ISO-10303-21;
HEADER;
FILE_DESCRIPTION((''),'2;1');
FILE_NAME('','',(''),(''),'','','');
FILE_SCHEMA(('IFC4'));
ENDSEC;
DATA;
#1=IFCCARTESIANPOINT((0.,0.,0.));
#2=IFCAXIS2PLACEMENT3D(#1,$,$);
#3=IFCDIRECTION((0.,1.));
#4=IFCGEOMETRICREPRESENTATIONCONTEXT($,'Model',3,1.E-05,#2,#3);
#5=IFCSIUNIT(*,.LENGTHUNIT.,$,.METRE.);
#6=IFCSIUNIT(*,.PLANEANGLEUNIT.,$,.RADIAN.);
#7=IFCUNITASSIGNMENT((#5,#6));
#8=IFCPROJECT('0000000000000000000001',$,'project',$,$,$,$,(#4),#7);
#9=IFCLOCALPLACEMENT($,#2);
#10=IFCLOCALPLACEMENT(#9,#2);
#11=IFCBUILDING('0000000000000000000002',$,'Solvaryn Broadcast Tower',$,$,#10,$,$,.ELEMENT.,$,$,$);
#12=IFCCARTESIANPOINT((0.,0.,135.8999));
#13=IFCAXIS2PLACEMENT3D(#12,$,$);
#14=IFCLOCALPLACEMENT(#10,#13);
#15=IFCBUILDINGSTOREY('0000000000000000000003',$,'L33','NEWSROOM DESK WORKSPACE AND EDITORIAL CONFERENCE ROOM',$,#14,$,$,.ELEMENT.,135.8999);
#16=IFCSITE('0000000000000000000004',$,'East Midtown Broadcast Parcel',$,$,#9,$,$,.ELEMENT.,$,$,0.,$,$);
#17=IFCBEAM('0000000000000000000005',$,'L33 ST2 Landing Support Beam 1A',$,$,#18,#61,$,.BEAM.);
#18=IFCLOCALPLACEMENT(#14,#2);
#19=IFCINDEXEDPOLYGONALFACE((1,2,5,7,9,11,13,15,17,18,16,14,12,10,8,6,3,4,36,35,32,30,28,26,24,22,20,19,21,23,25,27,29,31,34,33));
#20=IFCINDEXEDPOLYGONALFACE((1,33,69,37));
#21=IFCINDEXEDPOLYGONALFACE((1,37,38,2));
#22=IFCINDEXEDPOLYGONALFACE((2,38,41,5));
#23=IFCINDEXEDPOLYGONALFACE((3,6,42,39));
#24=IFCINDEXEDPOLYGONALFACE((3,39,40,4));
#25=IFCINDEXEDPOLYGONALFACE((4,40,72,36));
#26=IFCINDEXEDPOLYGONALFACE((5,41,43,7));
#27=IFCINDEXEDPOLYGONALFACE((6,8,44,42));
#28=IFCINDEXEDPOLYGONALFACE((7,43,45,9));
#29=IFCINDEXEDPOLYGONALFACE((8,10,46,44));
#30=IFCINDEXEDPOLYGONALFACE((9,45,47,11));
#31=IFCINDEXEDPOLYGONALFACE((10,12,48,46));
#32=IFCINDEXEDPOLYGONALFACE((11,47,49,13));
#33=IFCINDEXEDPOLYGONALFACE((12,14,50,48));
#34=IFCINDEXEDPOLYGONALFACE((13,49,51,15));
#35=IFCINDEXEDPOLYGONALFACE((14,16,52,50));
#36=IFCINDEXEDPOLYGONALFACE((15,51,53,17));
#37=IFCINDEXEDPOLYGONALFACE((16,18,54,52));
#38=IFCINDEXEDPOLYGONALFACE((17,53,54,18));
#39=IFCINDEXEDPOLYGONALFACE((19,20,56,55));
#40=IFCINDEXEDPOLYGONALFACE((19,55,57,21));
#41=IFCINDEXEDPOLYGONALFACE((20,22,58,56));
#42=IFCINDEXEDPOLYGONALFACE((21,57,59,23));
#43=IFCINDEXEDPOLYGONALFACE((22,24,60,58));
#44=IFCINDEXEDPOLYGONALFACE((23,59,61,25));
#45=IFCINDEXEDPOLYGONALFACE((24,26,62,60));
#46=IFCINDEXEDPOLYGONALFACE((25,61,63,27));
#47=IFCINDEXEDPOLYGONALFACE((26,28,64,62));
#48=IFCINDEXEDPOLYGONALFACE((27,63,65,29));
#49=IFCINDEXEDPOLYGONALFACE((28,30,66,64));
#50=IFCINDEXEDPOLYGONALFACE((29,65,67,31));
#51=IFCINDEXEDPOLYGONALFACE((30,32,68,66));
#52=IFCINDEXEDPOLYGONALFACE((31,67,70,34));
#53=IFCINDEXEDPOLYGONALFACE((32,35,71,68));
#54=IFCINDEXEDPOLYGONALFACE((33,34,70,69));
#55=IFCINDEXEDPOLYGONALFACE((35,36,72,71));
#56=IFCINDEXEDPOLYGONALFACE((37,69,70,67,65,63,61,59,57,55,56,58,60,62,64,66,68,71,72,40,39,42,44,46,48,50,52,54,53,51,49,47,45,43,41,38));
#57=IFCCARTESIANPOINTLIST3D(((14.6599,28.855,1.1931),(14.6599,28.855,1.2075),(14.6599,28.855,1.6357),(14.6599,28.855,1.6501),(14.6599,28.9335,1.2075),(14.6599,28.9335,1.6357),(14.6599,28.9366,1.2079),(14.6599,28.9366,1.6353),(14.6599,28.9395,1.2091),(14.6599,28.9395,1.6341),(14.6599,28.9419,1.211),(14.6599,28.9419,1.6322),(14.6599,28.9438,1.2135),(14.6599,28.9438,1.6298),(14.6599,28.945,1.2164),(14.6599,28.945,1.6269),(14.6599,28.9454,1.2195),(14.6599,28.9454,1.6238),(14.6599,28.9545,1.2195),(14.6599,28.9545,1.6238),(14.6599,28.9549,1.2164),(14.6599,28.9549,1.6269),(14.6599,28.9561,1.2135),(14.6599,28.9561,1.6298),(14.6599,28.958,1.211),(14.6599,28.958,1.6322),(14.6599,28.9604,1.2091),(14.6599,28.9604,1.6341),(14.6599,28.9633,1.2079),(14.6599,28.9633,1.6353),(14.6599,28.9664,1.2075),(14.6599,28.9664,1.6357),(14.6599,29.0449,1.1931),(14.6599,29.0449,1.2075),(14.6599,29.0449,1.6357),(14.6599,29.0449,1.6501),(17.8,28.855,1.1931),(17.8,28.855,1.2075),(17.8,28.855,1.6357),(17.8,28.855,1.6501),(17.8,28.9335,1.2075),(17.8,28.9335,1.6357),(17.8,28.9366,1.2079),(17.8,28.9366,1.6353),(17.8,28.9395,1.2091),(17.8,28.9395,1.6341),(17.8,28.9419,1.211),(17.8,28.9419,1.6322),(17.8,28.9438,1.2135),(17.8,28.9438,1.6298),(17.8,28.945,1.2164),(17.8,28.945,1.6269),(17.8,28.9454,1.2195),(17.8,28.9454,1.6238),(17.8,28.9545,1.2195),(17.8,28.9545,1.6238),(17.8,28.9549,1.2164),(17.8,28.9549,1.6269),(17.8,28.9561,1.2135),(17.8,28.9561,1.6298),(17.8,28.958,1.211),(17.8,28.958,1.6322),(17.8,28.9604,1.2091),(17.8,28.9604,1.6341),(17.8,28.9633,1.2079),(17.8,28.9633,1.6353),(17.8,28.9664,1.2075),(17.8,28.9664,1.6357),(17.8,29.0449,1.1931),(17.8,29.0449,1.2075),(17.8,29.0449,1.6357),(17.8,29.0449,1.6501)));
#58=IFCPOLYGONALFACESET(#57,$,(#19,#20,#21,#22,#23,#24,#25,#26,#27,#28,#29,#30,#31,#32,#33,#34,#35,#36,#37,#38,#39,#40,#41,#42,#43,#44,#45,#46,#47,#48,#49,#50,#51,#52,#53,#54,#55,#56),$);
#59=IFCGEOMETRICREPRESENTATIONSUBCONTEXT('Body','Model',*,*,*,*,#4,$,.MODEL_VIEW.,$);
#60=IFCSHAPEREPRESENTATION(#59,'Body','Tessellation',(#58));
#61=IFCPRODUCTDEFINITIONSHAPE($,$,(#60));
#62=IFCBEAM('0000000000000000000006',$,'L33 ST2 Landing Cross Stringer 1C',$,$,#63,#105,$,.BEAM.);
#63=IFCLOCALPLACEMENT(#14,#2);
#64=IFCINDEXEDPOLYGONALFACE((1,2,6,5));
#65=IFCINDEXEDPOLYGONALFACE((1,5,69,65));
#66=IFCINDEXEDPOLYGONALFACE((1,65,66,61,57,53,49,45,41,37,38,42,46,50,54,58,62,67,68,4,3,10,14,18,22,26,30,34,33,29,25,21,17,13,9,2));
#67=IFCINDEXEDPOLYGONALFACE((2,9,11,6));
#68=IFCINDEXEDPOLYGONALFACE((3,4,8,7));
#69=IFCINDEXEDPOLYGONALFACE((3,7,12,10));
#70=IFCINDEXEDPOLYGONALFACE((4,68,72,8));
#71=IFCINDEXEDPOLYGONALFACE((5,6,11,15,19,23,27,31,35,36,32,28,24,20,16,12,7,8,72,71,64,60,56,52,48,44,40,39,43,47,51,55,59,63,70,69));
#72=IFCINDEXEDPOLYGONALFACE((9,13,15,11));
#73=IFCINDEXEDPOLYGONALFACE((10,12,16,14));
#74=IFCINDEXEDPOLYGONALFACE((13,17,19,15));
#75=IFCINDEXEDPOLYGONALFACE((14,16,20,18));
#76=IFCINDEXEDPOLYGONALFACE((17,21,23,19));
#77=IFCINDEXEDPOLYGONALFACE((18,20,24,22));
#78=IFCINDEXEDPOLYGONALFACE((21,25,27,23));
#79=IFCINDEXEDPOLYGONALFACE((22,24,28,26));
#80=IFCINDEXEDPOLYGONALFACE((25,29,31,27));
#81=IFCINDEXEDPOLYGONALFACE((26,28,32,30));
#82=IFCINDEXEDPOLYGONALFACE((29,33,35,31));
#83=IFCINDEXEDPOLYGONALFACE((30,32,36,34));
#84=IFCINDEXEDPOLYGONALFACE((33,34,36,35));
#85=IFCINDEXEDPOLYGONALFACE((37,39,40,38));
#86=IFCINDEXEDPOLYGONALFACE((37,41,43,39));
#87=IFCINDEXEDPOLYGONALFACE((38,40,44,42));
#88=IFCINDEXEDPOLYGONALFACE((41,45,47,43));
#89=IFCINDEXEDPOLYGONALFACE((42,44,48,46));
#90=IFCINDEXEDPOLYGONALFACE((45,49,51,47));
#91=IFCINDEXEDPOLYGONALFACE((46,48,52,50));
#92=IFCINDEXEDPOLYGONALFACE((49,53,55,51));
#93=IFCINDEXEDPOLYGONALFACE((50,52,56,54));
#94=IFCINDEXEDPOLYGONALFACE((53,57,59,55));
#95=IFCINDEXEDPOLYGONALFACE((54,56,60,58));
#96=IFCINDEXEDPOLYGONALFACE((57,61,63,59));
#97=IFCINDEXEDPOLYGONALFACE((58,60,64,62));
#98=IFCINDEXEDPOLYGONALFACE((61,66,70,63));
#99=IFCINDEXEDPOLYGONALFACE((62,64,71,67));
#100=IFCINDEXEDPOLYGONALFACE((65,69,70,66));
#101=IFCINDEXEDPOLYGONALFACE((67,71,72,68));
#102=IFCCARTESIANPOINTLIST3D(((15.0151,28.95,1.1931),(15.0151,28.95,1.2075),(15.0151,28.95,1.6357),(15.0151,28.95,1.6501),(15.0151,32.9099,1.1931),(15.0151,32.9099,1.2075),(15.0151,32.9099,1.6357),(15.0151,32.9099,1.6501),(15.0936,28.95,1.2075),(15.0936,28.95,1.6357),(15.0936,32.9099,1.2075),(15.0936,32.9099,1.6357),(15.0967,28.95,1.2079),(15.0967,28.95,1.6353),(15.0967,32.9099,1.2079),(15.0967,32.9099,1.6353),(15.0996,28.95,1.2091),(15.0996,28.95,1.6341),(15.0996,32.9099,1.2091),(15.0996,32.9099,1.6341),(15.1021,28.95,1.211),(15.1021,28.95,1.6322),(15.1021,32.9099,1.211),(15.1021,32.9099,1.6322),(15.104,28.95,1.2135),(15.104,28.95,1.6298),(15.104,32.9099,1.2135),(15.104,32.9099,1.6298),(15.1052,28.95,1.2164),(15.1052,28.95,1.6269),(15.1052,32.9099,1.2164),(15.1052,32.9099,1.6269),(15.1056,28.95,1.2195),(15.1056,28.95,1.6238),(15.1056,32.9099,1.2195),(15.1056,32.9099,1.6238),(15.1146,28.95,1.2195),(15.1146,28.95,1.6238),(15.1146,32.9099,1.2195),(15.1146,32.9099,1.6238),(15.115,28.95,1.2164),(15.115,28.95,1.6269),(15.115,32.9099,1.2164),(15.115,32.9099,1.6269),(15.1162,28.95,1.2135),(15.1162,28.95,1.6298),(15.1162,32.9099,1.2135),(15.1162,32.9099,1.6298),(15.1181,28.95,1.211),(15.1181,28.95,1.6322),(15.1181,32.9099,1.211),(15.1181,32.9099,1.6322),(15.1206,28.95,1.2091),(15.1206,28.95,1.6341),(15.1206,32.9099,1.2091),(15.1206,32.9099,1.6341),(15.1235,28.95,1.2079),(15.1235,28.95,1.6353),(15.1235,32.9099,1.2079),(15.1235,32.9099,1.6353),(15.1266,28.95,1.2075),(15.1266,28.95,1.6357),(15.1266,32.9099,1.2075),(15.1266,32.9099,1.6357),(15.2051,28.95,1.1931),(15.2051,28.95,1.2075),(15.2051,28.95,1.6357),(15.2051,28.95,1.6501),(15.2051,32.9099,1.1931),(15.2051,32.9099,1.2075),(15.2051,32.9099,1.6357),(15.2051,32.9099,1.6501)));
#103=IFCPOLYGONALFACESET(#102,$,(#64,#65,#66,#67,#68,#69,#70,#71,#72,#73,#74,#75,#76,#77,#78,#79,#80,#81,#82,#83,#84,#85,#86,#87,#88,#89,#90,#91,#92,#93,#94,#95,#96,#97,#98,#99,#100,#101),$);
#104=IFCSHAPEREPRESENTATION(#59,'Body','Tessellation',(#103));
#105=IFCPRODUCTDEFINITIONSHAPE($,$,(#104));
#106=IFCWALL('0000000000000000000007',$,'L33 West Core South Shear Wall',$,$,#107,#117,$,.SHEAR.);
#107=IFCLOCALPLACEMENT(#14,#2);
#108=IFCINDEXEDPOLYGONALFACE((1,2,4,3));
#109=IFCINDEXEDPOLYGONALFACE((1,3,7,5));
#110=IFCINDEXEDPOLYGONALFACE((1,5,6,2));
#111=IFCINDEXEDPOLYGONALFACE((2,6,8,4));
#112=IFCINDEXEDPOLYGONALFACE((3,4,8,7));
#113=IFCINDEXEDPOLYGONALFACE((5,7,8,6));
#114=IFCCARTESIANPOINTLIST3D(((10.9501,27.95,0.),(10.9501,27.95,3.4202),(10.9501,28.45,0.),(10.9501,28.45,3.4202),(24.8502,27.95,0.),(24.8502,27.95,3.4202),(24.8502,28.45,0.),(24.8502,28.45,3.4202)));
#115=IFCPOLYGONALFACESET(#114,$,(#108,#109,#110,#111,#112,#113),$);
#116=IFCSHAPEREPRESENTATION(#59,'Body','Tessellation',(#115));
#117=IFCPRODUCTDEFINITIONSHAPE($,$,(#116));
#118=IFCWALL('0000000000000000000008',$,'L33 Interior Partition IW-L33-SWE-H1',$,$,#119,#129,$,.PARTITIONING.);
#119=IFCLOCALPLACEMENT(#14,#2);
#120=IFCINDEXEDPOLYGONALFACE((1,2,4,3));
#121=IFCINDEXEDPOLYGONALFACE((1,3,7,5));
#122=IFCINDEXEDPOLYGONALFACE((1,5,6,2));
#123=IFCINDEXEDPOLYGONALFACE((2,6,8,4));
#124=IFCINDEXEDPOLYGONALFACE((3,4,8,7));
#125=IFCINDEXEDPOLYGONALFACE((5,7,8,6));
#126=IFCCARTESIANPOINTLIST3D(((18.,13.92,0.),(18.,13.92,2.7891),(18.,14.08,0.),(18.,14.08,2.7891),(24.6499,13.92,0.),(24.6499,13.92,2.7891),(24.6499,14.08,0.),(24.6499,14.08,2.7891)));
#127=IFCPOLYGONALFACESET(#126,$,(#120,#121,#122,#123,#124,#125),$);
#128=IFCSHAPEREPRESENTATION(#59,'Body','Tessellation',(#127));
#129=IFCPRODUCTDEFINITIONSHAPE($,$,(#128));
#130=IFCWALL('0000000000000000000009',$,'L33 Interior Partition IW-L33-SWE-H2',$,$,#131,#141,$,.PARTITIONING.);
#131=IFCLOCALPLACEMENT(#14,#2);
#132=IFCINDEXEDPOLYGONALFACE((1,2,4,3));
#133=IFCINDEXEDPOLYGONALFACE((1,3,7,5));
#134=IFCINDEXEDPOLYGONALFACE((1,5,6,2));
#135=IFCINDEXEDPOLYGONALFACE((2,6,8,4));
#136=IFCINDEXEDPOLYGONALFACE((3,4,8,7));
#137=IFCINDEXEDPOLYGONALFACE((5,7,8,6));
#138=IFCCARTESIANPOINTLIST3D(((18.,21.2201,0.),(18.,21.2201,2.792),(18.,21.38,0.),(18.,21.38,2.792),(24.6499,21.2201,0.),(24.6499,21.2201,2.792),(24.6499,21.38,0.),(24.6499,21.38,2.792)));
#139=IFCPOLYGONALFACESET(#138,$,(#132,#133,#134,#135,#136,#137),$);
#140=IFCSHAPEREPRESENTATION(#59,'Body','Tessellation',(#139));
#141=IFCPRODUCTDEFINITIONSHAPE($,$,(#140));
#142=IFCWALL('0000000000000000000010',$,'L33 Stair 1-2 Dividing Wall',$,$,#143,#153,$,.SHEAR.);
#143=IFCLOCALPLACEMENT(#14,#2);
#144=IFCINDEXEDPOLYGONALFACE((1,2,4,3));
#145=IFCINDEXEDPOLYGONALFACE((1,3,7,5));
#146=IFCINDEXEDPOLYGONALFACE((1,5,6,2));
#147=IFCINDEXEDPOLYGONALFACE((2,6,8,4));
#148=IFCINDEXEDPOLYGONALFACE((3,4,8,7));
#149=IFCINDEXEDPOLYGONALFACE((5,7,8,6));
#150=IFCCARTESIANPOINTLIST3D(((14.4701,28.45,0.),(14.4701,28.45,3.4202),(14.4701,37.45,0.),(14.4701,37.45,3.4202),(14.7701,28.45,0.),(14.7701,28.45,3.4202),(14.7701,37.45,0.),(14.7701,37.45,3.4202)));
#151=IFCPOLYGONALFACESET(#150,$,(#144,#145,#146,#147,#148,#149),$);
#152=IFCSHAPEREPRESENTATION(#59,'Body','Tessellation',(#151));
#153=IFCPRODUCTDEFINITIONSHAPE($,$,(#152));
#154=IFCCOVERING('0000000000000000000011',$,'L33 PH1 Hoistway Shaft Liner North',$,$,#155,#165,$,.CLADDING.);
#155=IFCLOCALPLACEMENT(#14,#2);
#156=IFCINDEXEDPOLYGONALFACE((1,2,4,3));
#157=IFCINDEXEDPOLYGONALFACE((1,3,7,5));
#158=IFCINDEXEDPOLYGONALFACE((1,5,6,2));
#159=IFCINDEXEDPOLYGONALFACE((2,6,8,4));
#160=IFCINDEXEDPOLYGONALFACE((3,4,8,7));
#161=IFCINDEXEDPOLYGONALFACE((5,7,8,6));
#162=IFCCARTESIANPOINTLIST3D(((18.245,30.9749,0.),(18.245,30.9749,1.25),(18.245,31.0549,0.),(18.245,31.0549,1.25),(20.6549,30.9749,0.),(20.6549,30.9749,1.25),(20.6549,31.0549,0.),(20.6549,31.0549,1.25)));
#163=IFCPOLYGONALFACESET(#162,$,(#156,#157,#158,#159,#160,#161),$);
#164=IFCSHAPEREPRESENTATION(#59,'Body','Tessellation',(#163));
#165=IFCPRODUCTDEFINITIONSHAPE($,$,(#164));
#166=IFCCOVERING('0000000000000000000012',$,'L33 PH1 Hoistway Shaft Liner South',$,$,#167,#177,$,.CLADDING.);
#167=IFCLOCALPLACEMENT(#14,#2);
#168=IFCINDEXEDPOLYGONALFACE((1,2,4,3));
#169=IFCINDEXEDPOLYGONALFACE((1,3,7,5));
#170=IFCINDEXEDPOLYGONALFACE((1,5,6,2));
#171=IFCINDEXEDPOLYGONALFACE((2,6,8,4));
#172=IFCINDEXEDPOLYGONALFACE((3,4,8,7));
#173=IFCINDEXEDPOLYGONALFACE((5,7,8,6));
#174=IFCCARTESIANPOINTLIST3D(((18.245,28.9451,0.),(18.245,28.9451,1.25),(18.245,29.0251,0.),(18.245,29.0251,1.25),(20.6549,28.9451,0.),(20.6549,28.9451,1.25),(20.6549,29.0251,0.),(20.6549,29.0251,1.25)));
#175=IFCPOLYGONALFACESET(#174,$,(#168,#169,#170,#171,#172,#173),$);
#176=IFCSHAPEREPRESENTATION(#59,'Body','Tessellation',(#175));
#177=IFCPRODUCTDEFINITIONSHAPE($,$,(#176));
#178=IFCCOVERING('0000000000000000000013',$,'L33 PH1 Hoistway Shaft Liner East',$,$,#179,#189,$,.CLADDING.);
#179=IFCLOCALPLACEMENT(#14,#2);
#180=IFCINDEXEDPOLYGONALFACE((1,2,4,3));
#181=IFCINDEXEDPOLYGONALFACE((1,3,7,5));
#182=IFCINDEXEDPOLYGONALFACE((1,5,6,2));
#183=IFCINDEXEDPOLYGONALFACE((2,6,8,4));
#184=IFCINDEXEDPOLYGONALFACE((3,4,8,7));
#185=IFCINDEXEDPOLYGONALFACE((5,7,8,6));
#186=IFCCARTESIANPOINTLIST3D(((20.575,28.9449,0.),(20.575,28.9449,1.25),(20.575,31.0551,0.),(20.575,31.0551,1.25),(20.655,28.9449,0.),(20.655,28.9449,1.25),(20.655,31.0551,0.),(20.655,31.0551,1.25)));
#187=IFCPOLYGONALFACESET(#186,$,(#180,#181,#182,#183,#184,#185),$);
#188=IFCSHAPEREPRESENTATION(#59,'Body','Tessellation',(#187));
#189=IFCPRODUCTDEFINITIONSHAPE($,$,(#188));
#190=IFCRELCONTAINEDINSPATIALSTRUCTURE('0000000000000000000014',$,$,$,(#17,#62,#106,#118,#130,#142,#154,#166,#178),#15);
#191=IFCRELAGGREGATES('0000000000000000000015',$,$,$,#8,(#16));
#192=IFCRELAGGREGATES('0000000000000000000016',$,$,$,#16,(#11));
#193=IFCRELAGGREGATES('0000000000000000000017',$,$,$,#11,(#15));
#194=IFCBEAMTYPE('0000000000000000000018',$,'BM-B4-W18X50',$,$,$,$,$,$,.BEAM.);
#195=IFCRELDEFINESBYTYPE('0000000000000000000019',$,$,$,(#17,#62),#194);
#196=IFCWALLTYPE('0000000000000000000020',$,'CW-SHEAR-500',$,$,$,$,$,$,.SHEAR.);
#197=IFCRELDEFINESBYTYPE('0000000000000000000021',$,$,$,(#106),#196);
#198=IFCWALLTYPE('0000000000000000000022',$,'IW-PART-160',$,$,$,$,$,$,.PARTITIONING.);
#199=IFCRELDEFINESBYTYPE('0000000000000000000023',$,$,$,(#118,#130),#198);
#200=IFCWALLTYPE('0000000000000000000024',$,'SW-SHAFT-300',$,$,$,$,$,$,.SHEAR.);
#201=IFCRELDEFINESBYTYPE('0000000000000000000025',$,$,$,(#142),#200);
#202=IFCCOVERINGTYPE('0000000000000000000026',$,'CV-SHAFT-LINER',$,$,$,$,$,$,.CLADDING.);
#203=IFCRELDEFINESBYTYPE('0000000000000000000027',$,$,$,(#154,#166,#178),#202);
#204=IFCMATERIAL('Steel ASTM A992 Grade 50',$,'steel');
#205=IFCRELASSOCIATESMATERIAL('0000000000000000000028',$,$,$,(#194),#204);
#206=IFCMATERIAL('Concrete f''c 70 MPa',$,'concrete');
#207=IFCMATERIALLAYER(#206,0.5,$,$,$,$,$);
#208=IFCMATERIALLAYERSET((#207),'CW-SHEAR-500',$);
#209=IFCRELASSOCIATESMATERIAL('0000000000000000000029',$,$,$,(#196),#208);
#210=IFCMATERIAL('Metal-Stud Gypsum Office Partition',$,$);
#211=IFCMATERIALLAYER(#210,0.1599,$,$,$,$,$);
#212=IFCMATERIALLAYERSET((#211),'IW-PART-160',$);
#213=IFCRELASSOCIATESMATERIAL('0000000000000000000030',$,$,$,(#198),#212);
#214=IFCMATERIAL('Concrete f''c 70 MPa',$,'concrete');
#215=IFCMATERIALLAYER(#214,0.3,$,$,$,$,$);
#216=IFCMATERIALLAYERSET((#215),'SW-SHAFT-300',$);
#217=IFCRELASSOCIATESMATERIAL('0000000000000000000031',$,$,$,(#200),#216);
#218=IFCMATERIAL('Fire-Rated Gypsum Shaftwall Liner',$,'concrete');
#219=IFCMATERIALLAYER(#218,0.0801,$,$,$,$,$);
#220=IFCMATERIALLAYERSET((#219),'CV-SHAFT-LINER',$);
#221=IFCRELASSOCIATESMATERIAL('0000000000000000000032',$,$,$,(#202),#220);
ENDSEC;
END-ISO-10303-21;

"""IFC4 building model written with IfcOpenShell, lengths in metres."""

from ifc_helpers import new_model, si_unit, direction, frame, frame_2d, origin, origin_2d, place, context, subcontext, project, spatial, rectangle, i_section, extrude, material, layer, layer_set, material_profile, profile_set, type_object, element, save


model = new_model("IFC4")

# Units and contexts
model_context = context("Model", 3, precision=1e-05, world=origin(), true_north=direction((0.0, 1.0)))
body_context = subcontext(model_context, "Body", "Model", "MODEL_VIEW")
ifc_project = project(units=[si_unit("LENGTHUNIT", "METRE"), si_unit("PLANEANGLEUNIT", "RADIAN")], contexts=[model_context])

# Site, building, storey
site_placement = place(None, origin())
site = spatial("IfcSite", under=ifc_project, at=site_placement, Name="East Midtown Broadcast Parcel", CompositionType="ELEMENT", RefElevation=0.0)
building_placement = place(site_placement, origin())
building = spatial("IfcBuilding", under=site, at=building_placement, Name="Solvaryn Broadcast Tower", CompositionType="ELEMENT")
storey_placement = place(building_placement, frame((0.0, 0.0, 135.8999)))
storey = spatial("IfcBuildingStorey", under=building, at=storey_placement, Name="L33", Description="NEWSROOM DESK WORKSPACE AND EDITORIAL CONFERENCE ROOM", CompositionType="ELEMENT", Elevation=135.8999)

# Beams
ifc_material_1 = material(Name="Steel ASTM A992 Grade 50", Category="steel")
ifc_material_profile_1 = material_profile(ifc_material_1, i_section(OverallWidth=0.1899, OverallDepth=0.457, WebThickness=0.009, FlangeThickness=0.0144, FilletRadius=0.012, at=origin_2d()))
ifc_profile_set_1 = profile_set([ifc_material_profile_1], Name="Steel ASTM A992 Grade 50")
beam_type_1 = type_object("IfcBeamType", Name="BM-B4-W18X50", PredefinedType="BEAM", material=ifc_profile_set_1)
beam_1_placement = place(storey_placement, frame((14.6599, 28.95, 1.4216), z_axis=(1.0, 0.0, 0.0), x_axis=(0.0, 1.0, 0.0)))
element("IfcBeam", 1, at=beam_1_placement, inside=storey, type_object=beam_type_1, Name="L33 ST2 Landing Support Beam 1A", PredefinedType="BEAM", context=body_context, shape_type="SweptSolid", body=[
    extrude(i_section(OverallWidth=0.1899, OverallDepth=0.457, WebThickness=0.009, FlangeThickness=0.0144, FilletRadius=0.012, at=origin_2d()), origin(), (0.0, 0.0, 1.0), 3.1401),
])
beam_2_placement = place(storey_placement, frame((15.1101, 28.95, 1.4216), z_axis=(0.0, 1.0, 0.0), x_axis=(-1.0, 0.0, 0.0)))
element("IfcBeam", 2, at=beam_2_placement, inside=storey, type_object=beam_type_1, Name="L33 ST2 Landing Cross Stringer 1C", PredefinedType="BEAM", context=body_context, shape_type="SweptSolid", body=[
    extrude(i_section(OverallWidth=0.1899, OverallDepth=0.457, WebThickness=0.009, FlangeThickness=0.0144, FilletRadius=0.012, at=origin_2d()), origin(), (0.0, 0.0, 1.0), 3.96),
])

# Wall
ifc_material_2 = material(Name="Concrete f'c 70 MPa", Category="concrete")
ifc_layer_1 = layer(ifc_material_2, 0.5)
ifc_layer_set_1 = layer_set([ifc_layer_1], Name="CW-SHEAR-500")
wall_type_1 = type_object("IfcWallType", Name="CW-SHEAR-500", PredefinedType="SHEAR", material=ifc_layer_set_1)
wall_1_placement = place(storey_placement, frame((10.95, 28.2, 0.0), z_axis=(0.0, 0.0, 1.0), x_axis=(1.0, 0.0, 0.0)))
element("IfcWall", 3, at=wall_1_placement, inside=storey, type_object=wall_type_1, Name="L33 West Core South Shear Wall", PredefinedType="SHEAR", context=body_context, shape_type="SweptSolid", body=[
    extrude(rectangle(XDim=13.9001, YDim=0.5, at=frame_2d((6.9502, 0.0))), origin(), (0.0, 0.0, 1.0), 3.4202),
])

# Shared definitions
ifc_material_3 = material(Name="Metal-Stud Gypsum Office Partition")
ifc_layer_2 = layer(ifc_material_3, 0.1599)
ifc_layer_set_2 = layer_set([ifc_layer_2], Name="IW-PART-160")
wall_type_2 = type_object("IfcWallType", Name="IW-PART-160", PredefinedType="PARTITIONING", material=ifc_layer_set_2)

# Walls
wall_2_placement = place(storey_placement, frame((18.0, 14.0, 0.0), z_axis=(0.0, 0.0, 1.0), x_axis=(1.0, 0.0, 0.0)))
element("IfcWall", 4, at=wall_2_placement, inside=storey, type_object=wall_type_2, Name="L33 Interior Partition IW-L33-SWE-H1", PredefinedType="PARTITIONING", context=body_context, shape_type="SweptSolid", body=[
    extrude(rectangle(XDim=6.6499, YDim=0.1599, at=frame_2d((3.325, 0.0))), origin(), (0.0, 0.0, 1.0), 2.7891),
])
wall_3_placement = place(storey_placement, frame((18.0, 21.3, 0.0), z_axis=(0.0, 0.0, 1.0), x_axis=(1.0, 0.0, 0.0)))
element("IfcWall", 5, at=wall_3_placement, inside=storey, type_object=wall_type_2, Name="L33 Interior Partition IW-L33-SWE-H2", PredefinedType="PARTITIONING", context=body_context, shape_type="SweptSolid", body=[
    extrude(rectangle(XDim=6.6499, YDim=0.1599, at=frame_2d((3.325, 0.0))), origin(), (0.0, 0.0, 1.0), 2.792),
])
ifc_material_4 = material(Name="Concrete f'c 70 MPa", Category="concrete")
ifc_layer_3 = layer(ifc_material_4, 0.3)
ifc_layer_set_3 = layer_set([ifc_layer_3], Name="SW-SHAFT-300")
wall_type_3 = type_object("IfcWallType", Name="SW-SHAFT-300", PredefinedType="SHEAR", material=ifc_layer_set_3)
wall_4_placement = place(storey_placement, frame((14.6201, 28.45, 0.0), z_axis=(0.0, 0.0, 1.0), x_axis=(0.0, 1.0, 0.0)))
element("IfcWall", 6, at=wall_4_placement, inside=storey, type_object=wall_type_3, Name="L33 Stair 1-2 Dividing Wall", PredefinedType="SHEAR", context=body_context, shape_type="SweptSolid", body=[
    extrude(rectangle(XDim=9.0, YDim=0.3, at=frame_2d((4.5, 0.0))), origin(), (0.0, 0.0, 1.0), 3.4202),
])

# Coverings
ifc_material_5 = material(Name="Fire-Rated Gypsum Shaftwall Liner", Category="concrete")
ifc_layer_4 = layer(ifc_material_5, 0.0801)
ifc_layer_set_4 = layer_set([ifc_layer_4], Name="CV-SHAFT-LINER")
covering_type = type_object("IfcCoveringType", Name="CV-SHAFT-LINER", PredefinedType="CLADDING", material=ifc_layer_set_4)
for number, where, z_axis, x_axis, name in (
    (7, (19.45, 31.0149, 0.0), (0.0, 0.0, 1.0), (1.0, 0.0, 0.0), "L33 PH1 Hoistway Shaft Liner North"),
    (8, (19.45, 28.9851, 0.0), (0.0, 0.0, 1.0), (1.0, 0.0, 0.0), "L33 PH1 Hoistway Shaft Liner South"),
):
    element("IfcCovering", number, at=place(storey_placement, frame(where, z_axis=z_axis, x_axis=x_axis)), inside=storey, type_object=covering_type, Name=name, PredefinedType="CLADDING", context=body_context, shape_type="SweptSolid", body=[
        extrude(rectangle(XDim=2.4099, YDim=0.0801, at=origin_2d()), origin(), (0.0, 0.0, 1.0), 1.25),
    ])
for number, where, z_axis, x_axis, name in (
    (9, (20.615, 30.0, 0.0), (0.0, 0.0, 1.0), (1.0, 0.0, 0.0), "L33 PH1 Hoistway Shaft Liner East"),
):
    element("IfcCovering", number, at=place(storey_placement, frame(where, z_axis=z_axis, x_axis=x_axis)), inside=storey, type_object=covering_type, Name=name, PredefinedType="CLADDING", context=body_context, shape_type="SweptSolid", body=[
        extrude(rectangle(XDim=0.0801, YDim=2.1101, at=origin_2d()), origin(), (0.0, 0.0, 1.0), 1.25),
    ])

save(model, "model.ifc")
